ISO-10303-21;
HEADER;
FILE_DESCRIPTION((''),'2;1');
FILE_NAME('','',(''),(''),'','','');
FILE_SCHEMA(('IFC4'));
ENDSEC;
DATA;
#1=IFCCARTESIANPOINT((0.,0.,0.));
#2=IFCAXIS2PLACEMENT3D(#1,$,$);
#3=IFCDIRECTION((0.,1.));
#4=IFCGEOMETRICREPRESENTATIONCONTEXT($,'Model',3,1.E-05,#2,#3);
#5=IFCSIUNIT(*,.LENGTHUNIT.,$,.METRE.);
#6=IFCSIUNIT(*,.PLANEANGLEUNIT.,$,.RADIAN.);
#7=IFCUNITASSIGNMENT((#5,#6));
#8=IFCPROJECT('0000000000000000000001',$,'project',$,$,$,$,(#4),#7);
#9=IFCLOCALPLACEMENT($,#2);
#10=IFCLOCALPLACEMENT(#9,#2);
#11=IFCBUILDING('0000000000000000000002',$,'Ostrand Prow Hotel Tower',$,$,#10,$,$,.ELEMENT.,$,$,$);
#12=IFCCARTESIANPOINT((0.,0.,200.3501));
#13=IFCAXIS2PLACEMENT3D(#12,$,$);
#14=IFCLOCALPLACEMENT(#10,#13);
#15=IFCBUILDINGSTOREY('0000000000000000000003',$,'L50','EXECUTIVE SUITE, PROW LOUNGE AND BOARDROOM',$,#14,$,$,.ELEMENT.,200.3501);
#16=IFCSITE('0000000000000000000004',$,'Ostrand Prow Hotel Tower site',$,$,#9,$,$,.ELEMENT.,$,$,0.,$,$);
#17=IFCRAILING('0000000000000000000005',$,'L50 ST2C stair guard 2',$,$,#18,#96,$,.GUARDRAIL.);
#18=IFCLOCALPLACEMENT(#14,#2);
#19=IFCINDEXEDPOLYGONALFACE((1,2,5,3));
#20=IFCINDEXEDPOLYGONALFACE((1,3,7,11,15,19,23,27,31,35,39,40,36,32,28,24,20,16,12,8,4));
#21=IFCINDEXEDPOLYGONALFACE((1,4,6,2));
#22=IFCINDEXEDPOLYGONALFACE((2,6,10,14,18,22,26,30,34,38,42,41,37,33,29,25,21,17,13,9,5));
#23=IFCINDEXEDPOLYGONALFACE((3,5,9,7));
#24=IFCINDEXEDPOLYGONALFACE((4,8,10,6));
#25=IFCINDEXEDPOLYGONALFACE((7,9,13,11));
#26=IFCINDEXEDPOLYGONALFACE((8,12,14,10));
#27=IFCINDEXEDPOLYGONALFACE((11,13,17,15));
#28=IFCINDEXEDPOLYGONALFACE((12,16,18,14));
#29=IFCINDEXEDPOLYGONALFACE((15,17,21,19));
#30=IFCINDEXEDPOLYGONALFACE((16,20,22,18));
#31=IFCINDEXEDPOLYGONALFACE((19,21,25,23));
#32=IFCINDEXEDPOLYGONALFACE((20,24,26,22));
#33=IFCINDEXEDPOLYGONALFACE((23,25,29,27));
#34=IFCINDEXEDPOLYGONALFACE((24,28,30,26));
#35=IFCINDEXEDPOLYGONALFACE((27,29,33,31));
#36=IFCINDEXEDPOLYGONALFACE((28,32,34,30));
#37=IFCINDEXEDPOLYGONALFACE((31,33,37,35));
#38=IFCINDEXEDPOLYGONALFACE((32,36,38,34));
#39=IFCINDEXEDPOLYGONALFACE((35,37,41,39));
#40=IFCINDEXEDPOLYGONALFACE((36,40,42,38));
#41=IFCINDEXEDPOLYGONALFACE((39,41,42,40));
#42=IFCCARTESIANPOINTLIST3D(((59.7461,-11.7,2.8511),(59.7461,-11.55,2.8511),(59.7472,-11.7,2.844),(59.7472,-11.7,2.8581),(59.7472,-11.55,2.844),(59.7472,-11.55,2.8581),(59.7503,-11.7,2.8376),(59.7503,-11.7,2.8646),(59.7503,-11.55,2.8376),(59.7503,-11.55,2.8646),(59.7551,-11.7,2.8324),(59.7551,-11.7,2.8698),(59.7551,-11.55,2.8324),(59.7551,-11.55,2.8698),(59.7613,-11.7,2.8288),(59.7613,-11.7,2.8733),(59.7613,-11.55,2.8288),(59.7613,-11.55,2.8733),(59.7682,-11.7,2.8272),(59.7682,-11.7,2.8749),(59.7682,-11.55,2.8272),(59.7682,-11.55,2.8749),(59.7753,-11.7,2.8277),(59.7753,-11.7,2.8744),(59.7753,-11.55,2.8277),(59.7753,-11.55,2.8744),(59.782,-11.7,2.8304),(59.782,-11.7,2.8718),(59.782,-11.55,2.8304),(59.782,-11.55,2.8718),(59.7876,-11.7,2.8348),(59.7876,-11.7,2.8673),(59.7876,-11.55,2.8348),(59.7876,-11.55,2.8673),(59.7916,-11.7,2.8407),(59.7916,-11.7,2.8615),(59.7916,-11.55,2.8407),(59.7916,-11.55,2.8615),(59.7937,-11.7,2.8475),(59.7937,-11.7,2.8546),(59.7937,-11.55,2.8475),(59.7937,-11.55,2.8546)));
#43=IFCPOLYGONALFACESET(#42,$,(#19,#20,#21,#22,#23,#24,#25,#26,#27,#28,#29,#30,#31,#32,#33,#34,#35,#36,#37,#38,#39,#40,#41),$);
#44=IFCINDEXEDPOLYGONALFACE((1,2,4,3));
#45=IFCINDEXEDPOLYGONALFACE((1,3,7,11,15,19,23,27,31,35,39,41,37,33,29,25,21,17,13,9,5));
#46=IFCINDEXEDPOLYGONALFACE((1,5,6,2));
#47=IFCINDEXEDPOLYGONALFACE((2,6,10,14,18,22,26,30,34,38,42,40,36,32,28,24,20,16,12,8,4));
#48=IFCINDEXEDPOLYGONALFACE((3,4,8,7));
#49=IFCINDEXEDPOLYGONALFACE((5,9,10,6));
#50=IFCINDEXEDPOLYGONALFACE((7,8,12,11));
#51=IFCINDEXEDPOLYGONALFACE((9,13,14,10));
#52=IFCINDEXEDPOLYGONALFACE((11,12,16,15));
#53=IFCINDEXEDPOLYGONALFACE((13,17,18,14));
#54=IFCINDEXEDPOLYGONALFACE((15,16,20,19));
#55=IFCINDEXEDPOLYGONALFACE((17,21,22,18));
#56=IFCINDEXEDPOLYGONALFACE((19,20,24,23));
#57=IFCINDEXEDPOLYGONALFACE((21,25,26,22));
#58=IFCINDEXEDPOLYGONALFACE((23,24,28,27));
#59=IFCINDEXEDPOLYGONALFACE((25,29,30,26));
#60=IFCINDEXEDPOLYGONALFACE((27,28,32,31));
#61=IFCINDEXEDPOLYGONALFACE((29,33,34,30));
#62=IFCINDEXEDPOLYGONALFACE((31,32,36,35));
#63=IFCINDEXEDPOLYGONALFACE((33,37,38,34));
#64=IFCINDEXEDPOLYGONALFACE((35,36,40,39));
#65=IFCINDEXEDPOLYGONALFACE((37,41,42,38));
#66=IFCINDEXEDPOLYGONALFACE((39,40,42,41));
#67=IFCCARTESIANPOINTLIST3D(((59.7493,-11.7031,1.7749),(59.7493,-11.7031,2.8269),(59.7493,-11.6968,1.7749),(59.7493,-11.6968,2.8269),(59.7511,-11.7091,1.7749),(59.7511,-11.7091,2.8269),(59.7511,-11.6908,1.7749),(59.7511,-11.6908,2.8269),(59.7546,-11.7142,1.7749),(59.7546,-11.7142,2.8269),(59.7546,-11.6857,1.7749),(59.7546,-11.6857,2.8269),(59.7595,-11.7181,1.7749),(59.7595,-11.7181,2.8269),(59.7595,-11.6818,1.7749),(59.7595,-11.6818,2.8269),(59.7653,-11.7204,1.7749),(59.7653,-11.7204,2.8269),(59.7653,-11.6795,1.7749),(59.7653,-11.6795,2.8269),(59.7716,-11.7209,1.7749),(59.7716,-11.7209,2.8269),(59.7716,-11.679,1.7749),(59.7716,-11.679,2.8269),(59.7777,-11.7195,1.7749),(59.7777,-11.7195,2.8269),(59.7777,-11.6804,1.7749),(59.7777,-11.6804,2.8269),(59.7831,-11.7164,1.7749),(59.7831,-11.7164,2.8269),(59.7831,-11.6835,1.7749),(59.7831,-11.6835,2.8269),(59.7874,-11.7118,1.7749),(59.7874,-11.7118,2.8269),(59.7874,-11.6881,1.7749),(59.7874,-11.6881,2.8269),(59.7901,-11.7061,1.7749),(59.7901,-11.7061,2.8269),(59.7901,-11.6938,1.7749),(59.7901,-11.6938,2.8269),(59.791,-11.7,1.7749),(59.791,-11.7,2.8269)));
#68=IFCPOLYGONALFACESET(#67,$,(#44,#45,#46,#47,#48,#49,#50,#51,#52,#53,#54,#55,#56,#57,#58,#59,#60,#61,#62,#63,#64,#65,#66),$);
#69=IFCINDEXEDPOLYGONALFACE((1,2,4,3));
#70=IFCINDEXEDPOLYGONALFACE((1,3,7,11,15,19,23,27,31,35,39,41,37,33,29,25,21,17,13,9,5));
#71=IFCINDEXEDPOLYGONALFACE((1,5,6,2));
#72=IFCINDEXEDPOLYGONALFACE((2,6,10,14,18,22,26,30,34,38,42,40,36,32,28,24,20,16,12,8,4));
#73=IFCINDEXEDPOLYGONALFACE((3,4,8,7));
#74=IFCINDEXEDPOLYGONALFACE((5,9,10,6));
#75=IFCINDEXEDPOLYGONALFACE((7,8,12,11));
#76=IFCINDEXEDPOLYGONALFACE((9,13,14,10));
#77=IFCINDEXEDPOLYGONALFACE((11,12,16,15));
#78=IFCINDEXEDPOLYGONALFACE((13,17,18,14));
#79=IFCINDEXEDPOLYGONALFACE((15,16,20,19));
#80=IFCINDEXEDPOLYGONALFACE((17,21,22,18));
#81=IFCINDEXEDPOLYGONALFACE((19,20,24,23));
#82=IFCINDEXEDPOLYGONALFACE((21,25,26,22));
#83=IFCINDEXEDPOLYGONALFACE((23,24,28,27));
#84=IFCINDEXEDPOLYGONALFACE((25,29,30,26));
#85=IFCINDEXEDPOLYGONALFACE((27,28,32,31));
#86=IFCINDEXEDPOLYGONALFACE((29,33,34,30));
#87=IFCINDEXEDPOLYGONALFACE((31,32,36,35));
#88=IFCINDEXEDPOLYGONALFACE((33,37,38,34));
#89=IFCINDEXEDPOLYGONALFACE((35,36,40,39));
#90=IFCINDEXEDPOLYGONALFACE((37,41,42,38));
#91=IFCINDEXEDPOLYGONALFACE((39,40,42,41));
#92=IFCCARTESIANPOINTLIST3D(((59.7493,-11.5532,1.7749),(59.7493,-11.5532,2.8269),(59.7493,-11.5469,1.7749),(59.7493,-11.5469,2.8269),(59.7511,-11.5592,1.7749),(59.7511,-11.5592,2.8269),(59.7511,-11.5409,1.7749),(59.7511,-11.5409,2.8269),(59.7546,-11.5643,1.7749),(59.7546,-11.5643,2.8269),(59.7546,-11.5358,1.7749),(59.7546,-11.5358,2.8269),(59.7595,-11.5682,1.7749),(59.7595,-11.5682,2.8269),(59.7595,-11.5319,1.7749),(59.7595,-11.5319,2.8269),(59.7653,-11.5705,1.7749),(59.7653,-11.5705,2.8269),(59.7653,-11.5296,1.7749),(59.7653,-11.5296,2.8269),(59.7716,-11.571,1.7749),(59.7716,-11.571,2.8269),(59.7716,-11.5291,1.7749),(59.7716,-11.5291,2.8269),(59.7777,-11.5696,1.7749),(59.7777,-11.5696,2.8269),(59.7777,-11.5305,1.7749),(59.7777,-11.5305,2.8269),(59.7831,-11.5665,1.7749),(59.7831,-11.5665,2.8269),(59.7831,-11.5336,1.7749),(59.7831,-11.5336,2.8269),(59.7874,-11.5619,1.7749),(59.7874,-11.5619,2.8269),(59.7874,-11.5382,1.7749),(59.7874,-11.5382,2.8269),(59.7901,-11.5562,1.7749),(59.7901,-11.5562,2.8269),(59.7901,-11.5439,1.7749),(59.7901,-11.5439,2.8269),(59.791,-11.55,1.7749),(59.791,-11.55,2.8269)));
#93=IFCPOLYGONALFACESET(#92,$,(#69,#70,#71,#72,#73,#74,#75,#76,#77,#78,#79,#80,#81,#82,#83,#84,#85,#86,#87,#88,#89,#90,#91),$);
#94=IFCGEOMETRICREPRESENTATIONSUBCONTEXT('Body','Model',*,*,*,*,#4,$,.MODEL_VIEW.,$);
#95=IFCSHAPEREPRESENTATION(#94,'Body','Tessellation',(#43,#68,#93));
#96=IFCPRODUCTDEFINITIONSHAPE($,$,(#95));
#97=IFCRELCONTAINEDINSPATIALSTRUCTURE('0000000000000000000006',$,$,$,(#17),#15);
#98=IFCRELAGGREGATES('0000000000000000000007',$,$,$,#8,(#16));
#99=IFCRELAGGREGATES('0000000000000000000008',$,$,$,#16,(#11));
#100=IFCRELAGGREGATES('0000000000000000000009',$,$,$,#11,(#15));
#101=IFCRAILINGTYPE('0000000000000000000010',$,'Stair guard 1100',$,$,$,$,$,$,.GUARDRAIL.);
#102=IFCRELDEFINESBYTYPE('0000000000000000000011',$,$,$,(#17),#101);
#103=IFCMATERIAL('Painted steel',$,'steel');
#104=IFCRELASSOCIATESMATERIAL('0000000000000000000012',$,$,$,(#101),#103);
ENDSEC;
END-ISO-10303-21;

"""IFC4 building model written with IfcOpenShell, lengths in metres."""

from ifc_helpers import new_model, si_unit, direction, frame, origin, origin_2d, place, context, subcontext, project, spatial, circle, extrude, material, type_object, element, save


model = new_model("IFC4")

# Units and contexts
model_context = context("Model", 3, precision=1e-05, world=origin(), true_north=direction((0.0, 1.0)))
body_context = subcontext(model_context, "Body", "Model", "MODEL_VIEW")
ifc_project = project(units=[si_unit("LENGTHUNIT", "METRE"), si_unit("PLANEANGLEUNIT", "RADIAN")], contexts=[model_context])

# Site, building, storey
site_placement = place(None, origin())
site = spatial("IfcSite", under=ifc_project, at=site_placement, Name="Ostrand Prow Hotel Tower site", CompositionType="ELEMENT", RefElevation=0.0)
building_placement = place(site_placement, origin())
building = spatial("IfcBuilding", under=site, at=building_placement, Name="Ostrand Prow Hotel Tower", CompositionType="ELEMENT")
storey_placement = place(building_placement, frame((0.0, 0.0, 200.3501)))
storey = spatial("IfcBuildingStorey", under=building, at=storey_placement, Name="L50", Description="EXECUTIVE SUITE, PROW LOUNGE AND BOARDROOM", CompositionType="ELEMENT", Elevation=200.3501)

# Railing
ifc_material_1 = material(Name="Painted steel", Category="steel")
railing_type_1 = type_object("IfcRailingType", Name="Stair guard 1100", PredefinedType="GUARDRAIL", material=ifc_material_1)
railing_1_placement = place(storey_placement, frame((59.77, -11.7, 1.7749)))
element("IfcRailing", 1, at=railing_1_placement, inside=storey, type_object=railing_type_1, Name="L50 ST2C stair guard 2", PredefinedType="GUARDRAIL", context=body_context, shape_type="SweptSolid", body=[
    extrude(circle(Radius=0.0239, at=origin_2d()), frame((0.0, 0.0, 1.0762), z_axis=(0.0, 1.0, 0.0), x_axis=(-1.0, 0.0, 0.0)), (0.0, 0.0, 1.0), 0.1499),
    extrude(circle(Radius=0.021, at=origin_2d()), origin(), (0.0, 0.0, 1.0), 1.052),
    extrude(circle(Radius=0.021, at=origin_2d()), frame((0.0, 0.1499, 0.0)), (0.0, 0.0, 1.0), 1.052),
])

save(model, "model.ifc")
